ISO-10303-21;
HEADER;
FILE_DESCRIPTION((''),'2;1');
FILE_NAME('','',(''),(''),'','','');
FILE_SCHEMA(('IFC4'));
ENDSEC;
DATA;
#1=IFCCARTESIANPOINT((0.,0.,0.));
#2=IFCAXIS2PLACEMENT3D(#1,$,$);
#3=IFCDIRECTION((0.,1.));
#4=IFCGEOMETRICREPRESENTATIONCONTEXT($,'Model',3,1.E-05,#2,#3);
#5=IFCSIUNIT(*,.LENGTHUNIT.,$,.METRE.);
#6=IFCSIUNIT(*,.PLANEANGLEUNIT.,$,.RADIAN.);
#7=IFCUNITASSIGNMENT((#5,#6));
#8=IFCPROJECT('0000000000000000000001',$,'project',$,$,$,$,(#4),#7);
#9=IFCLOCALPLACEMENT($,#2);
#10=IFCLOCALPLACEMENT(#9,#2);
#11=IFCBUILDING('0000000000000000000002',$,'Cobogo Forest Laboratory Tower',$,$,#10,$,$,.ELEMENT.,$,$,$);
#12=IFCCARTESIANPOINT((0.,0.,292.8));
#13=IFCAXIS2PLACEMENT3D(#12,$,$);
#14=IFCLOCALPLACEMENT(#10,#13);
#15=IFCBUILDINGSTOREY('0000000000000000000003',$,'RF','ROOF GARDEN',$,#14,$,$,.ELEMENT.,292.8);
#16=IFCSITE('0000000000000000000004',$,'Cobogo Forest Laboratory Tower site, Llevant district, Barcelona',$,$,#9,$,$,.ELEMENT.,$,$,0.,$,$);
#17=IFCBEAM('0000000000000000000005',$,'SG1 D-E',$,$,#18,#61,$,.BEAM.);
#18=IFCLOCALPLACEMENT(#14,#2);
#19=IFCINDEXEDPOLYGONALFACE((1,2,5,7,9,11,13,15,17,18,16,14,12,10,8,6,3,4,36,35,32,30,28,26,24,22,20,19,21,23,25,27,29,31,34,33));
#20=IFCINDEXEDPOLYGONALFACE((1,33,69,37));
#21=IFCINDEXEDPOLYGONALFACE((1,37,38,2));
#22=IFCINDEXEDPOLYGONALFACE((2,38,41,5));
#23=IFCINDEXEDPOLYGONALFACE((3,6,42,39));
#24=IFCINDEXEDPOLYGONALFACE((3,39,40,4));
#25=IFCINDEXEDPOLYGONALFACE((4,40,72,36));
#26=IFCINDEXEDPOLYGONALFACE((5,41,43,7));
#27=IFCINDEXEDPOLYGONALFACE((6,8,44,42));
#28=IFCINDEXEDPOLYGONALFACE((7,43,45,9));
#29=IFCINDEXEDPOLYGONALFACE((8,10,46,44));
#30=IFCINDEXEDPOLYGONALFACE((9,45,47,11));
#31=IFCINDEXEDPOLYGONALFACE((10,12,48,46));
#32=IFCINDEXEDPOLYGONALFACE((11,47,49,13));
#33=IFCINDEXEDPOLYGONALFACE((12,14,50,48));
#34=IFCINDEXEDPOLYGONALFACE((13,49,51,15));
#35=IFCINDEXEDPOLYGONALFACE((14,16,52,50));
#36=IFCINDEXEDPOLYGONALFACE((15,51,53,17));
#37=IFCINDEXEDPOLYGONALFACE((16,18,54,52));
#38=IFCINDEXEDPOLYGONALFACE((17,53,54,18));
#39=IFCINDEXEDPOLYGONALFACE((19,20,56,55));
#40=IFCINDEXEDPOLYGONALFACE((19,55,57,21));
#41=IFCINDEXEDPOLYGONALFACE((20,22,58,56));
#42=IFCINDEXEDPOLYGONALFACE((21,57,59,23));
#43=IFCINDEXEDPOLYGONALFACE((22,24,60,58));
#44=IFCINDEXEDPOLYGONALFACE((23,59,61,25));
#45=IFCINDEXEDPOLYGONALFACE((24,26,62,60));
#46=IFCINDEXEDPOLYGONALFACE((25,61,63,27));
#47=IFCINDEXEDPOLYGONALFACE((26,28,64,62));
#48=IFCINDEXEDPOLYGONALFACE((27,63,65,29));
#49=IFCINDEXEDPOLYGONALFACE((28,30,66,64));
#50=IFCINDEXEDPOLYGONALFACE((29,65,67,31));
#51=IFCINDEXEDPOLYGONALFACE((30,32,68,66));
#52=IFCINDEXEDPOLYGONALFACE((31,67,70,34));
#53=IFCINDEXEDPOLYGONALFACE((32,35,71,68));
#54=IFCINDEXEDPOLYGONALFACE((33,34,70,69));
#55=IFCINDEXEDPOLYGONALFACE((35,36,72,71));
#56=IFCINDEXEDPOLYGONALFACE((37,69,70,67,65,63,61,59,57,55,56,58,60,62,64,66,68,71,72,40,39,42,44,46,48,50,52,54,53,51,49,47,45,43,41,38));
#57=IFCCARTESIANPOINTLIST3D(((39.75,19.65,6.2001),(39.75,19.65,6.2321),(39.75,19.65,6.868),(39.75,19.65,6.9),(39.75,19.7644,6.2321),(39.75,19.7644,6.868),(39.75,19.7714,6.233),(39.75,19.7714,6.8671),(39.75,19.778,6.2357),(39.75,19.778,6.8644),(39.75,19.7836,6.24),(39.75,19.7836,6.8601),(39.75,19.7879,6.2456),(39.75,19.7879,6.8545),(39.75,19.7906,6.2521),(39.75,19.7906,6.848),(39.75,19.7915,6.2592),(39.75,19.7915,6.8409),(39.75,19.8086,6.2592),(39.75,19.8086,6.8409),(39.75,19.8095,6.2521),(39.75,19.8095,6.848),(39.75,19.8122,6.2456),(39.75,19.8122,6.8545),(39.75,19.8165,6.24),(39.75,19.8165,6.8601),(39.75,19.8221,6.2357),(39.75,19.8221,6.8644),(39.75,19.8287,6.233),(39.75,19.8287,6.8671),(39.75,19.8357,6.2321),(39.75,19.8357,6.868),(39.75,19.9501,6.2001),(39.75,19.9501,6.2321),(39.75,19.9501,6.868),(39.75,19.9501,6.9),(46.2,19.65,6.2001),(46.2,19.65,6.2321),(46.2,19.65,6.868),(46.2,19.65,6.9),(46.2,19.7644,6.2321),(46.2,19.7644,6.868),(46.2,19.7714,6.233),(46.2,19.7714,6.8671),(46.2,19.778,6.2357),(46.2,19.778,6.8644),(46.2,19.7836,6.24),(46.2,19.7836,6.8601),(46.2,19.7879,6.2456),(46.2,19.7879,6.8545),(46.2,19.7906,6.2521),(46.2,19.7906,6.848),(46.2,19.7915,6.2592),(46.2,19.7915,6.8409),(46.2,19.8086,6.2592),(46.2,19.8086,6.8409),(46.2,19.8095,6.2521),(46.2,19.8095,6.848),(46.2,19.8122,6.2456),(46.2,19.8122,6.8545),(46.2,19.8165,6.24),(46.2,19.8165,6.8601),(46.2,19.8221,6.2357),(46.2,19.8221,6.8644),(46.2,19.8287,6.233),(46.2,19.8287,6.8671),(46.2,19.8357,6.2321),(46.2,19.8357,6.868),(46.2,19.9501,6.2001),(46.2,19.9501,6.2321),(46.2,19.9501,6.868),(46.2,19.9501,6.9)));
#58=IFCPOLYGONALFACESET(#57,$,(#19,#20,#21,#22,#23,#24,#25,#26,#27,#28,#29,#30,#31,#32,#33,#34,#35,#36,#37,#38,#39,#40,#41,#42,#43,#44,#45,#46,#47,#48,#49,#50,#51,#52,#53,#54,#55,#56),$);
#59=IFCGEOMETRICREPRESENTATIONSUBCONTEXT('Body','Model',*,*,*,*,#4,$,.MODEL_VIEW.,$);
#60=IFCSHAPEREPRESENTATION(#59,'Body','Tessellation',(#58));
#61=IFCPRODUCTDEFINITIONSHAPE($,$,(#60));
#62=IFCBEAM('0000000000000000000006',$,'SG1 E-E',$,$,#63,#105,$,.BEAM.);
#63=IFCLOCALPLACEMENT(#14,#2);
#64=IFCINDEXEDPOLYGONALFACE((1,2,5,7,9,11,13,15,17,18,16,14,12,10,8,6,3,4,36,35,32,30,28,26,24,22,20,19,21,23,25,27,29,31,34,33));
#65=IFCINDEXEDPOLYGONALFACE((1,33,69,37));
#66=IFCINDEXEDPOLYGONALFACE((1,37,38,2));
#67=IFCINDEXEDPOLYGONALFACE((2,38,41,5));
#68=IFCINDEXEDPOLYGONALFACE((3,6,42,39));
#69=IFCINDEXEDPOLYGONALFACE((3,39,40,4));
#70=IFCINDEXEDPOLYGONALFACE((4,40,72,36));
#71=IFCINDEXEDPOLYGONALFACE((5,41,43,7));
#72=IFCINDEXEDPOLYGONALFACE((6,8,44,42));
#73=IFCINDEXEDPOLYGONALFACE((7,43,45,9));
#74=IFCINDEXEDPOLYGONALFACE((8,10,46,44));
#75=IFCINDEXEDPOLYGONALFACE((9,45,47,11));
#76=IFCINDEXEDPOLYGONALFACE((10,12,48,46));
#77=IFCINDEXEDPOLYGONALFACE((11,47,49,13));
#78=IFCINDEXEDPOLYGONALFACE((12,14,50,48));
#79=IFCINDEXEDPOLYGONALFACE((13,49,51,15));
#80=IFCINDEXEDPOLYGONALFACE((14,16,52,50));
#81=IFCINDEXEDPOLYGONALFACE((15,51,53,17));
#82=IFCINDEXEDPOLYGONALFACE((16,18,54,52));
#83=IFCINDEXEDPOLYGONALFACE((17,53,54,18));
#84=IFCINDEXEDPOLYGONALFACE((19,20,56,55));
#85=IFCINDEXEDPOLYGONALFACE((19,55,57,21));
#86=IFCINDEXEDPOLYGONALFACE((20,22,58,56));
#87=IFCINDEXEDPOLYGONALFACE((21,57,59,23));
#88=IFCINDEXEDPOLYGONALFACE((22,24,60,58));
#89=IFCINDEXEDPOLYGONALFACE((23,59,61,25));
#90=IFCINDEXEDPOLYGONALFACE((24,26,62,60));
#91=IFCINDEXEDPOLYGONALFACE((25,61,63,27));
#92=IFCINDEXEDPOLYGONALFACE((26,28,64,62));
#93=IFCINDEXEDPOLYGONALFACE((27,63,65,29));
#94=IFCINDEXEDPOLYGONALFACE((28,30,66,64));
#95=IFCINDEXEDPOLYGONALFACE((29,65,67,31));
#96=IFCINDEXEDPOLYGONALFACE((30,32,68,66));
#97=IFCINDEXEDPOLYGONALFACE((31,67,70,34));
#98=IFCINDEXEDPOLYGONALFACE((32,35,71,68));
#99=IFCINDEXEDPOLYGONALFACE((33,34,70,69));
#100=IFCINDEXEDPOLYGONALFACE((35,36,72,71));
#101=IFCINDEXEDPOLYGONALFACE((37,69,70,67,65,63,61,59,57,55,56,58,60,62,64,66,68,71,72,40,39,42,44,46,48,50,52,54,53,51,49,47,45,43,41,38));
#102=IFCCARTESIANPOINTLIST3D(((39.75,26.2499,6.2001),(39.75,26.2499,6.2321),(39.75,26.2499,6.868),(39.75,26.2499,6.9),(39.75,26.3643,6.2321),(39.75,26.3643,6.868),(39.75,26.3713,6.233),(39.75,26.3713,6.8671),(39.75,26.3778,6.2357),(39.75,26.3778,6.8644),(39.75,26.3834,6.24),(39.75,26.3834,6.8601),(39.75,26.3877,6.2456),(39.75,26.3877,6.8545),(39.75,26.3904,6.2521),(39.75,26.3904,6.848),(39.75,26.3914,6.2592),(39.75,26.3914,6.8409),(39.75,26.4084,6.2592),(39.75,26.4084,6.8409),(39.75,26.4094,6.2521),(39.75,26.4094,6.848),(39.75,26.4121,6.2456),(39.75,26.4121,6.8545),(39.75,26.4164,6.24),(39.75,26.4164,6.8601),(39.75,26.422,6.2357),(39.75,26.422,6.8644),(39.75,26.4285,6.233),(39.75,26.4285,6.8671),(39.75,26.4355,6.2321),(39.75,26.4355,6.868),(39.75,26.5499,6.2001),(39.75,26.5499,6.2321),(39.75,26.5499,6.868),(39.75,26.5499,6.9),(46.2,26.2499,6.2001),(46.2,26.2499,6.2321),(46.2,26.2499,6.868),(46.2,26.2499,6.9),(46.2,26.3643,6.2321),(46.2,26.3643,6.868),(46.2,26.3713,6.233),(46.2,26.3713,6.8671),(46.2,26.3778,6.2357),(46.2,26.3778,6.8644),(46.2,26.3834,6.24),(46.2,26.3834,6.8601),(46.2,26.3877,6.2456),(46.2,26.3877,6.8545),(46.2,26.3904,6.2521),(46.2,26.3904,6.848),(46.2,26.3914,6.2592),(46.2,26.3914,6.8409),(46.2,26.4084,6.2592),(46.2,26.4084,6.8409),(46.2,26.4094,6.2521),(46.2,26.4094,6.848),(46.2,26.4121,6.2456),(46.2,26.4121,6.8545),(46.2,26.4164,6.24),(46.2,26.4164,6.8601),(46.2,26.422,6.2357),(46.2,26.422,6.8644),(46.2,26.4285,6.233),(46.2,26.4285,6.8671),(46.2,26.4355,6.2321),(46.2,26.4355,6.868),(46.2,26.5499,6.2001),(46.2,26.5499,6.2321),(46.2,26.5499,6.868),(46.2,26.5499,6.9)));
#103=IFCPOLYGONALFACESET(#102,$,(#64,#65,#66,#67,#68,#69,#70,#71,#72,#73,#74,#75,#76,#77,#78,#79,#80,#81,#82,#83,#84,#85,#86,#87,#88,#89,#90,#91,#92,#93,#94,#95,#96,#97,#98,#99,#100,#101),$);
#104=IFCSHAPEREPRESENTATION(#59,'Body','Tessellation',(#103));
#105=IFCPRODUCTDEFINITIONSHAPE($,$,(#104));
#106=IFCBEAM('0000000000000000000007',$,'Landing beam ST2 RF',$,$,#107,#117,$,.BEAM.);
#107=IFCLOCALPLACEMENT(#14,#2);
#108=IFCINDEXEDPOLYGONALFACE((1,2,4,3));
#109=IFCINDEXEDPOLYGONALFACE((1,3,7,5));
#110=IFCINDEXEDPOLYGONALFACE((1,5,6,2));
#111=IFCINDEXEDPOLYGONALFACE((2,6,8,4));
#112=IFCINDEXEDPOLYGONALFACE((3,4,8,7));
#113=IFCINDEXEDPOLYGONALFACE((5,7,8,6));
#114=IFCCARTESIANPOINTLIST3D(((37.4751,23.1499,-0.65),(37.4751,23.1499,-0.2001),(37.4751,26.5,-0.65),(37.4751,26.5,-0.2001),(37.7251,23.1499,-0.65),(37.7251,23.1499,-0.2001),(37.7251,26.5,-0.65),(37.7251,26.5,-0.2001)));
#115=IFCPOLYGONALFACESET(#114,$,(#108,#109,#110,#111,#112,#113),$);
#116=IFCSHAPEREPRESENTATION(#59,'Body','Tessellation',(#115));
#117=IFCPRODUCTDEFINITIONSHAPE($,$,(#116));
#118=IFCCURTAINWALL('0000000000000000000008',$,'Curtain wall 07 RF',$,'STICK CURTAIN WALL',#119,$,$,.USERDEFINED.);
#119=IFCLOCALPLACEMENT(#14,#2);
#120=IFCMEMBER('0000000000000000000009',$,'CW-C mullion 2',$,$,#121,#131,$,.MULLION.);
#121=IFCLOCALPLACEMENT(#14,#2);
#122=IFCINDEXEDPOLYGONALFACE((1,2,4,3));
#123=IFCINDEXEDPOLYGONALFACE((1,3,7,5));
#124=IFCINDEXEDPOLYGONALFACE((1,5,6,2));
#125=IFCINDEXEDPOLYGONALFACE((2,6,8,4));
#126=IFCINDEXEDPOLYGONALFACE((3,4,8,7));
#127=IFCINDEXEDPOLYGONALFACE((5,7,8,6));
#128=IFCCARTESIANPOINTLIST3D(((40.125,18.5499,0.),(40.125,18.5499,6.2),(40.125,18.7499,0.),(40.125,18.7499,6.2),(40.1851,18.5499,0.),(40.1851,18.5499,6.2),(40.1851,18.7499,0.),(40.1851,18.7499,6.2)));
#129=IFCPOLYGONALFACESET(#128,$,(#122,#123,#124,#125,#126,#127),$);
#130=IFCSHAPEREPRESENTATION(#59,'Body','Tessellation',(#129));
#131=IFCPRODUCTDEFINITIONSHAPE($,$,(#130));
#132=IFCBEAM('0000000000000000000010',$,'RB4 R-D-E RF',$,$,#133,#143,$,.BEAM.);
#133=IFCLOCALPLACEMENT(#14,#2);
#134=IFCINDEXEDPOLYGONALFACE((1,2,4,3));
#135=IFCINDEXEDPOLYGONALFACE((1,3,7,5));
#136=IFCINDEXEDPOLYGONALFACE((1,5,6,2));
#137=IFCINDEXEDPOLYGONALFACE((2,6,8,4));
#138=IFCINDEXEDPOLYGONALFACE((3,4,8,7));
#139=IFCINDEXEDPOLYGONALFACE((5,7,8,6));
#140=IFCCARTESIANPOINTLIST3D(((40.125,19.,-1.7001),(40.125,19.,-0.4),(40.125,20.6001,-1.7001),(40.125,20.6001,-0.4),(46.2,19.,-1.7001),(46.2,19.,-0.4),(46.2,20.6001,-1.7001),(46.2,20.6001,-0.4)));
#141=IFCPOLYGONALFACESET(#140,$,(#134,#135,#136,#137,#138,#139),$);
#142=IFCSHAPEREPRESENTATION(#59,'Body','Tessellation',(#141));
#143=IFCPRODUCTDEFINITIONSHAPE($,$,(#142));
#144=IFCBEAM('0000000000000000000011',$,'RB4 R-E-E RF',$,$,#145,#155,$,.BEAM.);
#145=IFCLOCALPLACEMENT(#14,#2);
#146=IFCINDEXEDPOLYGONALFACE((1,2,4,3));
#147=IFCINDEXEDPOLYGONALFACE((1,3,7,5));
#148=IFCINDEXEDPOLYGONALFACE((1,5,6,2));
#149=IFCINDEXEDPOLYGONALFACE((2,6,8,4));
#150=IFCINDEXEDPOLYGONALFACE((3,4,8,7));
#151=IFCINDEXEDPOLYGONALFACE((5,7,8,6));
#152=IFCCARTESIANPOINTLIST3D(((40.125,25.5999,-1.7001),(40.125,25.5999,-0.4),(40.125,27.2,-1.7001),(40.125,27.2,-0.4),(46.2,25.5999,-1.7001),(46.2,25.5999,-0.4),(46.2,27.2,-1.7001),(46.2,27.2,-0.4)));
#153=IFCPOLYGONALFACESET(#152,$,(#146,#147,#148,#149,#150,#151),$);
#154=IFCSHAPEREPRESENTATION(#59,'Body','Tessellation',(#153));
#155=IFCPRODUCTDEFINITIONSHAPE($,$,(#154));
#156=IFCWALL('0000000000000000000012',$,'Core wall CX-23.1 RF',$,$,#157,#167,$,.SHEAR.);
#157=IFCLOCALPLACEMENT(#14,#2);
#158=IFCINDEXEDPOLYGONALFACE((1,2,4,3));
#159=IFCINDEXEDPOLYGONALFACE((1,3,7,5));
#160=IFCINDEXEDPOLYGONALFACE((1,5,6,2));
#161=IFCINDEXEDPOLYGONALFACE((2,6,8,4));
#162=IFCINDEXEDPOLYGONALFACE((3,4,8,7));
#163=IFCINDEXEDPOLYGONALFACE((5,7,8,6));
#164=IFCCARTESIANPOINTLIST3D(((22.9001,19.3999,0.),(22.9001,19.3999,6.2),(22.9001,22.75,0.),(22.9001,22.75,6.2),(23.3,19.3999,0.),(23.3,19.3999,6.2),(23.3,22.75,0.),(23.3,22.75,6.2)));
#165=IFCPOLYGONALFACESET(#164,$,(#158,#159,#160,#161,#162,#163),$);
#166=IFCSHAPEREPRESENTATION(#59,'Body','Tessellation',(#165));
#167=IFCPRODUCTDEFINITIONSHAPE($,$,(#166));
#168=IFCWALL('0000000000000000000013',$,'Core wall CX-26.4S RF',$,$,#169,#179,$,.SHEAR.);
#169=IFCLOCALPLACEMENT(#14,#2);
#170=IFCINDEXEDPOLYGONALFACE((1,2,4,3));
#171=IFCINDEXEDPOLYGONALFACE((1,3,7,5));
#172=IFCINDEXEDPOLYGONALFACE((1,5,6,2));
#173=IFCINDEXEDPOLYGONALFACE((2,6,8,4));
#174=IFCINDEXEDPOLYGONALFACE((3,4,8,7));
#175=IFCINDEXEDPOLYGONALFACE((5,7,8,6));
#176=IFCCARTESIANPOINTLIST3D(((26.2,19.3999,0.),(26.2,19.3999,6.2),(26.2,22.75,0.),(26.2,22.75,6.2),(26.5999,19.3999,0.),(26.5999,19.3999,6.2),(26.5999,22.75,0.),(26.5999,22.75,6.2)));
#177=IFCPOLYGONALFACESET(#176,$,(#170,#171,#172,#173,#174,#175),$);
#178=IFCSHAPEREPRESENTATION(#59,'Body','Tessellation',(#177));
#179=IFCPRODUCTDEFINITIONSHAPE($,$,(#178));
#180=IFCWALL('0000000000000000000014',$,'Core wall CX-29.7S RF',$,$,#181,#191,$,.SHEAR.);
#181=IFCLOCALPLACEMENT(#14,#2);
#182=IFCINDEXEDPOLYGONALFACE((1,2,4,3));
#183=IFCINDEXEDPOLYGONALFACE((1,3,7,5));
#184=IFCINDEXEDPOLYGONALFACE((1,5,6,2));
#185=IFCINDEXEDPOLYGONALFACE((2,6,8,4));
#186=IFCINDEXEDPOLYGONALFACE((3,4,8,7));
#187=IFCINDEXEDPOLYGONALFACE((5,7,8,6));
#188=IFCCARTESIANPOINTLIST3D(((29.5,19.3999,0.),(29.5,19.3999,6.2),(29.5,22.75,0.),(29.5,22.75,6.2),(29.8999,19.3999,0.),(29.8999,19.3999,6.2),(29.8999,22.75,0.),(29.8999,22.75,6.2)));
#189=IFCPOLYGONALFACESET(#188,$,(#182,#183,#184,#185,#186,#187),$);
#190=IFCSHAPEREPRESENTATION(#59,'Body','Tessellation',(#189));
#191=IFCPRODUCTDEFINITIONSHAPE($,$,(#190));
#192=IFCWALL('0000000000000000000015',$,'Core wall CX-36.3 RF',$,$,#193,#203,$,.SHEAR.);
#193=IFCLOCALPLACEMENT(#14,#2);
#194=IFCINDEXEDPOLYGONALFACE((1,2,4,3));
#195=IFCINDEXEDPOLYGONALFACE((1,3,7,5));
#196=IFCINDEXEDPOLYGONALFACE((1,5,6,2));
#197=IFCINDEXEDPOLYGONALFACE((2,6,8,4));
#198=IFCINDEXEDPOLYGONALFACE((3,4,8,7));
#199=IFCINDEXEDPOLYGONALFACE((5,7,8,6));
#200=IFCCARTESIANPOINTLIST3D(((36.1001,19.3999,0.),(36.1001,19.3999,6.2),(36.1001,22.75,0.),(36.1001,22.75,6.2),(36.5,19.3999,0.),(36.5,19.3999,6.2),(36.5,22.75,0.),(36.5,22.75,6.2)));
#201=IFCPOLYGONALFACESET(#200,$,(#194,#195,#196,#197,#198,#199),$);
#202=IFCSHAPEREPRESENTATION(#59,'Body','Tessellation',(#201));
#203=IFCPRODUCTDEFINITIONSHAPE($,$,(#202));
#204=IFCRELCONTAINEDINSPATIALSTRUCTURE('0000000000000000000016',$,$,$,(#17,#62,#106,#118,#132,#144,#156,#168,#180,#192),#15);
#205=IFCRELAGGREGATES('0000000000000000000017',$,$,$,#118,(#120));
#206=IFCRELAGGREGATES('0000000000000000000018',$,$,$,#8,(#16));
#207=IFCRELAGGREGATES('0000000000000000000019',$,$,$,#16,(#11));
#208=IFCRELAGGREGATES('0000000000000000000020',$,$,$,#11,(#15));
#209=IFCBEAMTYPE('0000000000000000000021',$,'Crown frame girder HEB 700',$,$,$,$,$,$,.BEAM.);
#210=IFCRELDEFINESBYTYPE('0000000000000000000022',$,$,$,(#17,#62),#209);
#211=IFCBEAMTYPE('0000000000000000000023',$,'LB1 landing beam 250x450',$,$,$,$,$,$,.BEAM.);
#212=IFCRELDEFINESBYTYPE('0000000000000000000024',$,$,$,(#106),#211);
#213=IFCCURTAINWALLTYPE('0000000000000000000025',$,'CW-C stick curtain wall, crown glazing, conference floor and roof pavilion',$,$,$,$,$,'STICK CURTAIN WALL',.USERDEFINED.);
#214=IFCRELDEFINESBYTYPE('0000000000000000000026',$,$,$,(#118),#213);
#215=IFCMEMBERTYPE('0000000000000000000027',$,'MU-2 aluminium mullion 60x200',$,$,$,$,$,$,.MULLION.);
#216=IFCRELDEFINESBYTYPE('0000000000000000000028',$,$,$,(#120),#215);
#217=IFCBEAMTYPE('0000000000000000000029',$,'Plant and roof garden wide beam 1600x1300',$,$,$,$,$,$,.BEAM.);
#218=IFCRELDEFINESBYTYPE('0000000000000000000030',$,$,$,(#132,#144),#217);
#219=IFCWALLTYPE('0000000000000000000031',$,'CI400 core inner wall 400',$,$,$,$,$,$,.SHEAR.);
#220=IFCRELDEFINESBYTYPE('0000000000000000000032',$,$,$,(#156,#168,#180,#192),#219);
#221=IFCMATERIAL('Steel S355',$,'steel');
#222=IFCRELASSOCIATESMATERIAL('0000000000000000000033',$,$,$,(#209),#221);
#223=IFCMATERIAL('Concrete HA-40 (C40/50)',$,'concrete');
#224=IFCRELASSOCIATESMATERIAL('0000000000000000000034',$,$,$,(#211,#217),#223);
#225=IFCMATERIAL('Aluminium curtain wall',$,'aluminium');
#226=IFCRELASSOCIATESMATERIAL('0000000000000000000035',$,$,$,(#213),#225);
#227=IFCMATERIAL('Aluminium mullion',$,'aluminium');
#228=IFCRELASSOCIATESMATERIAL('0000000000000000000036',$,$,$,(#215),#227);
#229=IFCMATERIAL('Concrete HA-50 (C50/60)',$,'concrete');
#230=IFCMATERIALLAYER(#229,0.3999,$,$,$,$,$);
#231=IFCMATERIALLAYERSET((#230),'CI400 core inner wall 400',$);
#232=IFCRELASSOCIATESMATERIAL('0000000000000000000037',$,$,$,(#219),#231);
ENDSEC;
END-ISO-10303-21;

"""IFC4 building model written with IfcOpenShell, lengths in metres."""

from ifc_helpers import new_model, si_unit, direction, frame, frame_2d, origin, origin_2d, place, context, subcontext, project, spatial, rectangle, i_section, extrude, material, layer, layer_set, material_profile, profile_set, type_object, element, aggregate, save


model = new_model("IFC4")

# Units and contexts
model_context = context("Model", 3, precision=1e-05, world=origin(), true_north=direction((0.0, 1.0)))
body_context = subcontext(model_context, "Body", "Model", "MODEL_VIEW")
ifc_project = project(units=[si_unit("LENGTHUNIT", "METRE"), si_unit("PLANEANGLEUNIT", "RADIAN")], contexts=[model_context])

# Site, building, storey
site_placement = place(None, origin())
site = spatial("IfcSite", under=ifc_project, at=site_placement, Name="Cobogo Forest Laboratory Tower site, Llevant district, Barcelona", CompositionType="ELEMENT", RefElevation=0.0)
building_placement = place(site_placement, origin())
building = spatial("IfcBuilding", under=site, at=building_placement, Name="Cobogo Forest Laboratory Tower", CompositionType="ELEMENT")
storey_placement = place(building_placement, frame((0.0, 0.0, 292.8)))
storey = spatial("IfcBuildingStorey", under=building, at=storey_placement, Name="RF", Description="ROOF GARDEN", CompositionType="ELEMENT", Elevation=292.8)

# Beams
ifc_material_1 = material(Name="Steel S355", Category="steel")
ifc_material_profile_1 = material_profile(ifc_material_1, i_section(OverallWidth=0.3, OverallDepth=0.7, WebThickness=0.0171, FlangeThickness=0.032, FilletRadius=0.0271, at=origin_2d()), Name="HEB 700")
ifc_profile_set_1 = profile_set([ifc_material_profile_1], Name="Steel S355")
beam_type_1 = type_object("IfcBeamType", Name="Crown frame girder HEB 700", PredefinedType="BEAM", material=ifc_profile_set_1)
for number, where, z_axis, x_axis, name in (
    (1, (39.75, 19.8, 6.55), (1.0, 0.0, 0.0), (0.0, 1.0, 0.0), "SG1 D-E"),
    (2, (39.75, 26.3999, 6.55), (1.0, 0.0, 0.0), (0.0, 1.0, 0.0), "SG1 E-E"),
):
    element("IfcBeam", number, at=place(storey_placement, frame(where, z_axis=z_axis, x_axis=x_axis)), inside=storey, type_object=beam_type_1, Name=name, PredefinedType="BEAM", context=body_context, shape_type="SweptSolid", body=[
        extrude(i_section(OverallWidth=0.3, OverallDepth=0.7, WebThickness=0.0171, FlangeThickness=0.032, FilletRadius=0.0271, at=origin_2d()), origin(), (0.0, 0.0, 1.0), 6.45),
    ])
ifc_material_2 = material(Name="Concrete HA-40 (C40/50)", Category="concrete")
ifc_material_profile_2 = material_profile(ifc_material_2, rectangle(XDim=0.25, YDim=0.45, at=origin_2d()), Name="RC 250x450")
ifc_profile_set_2 = profile_set([ifc_material_profile_2], Name="Concrete HA-40 (C40/50)")
beam_type_2 = type_object("IfcBeamType", Name="LB1 landing beam 250x450", PredefinedType="BEAM", material=ifc_profile_set_2)
beam_placement = place(storey_placement, frame((37.6001, 23.1499, -0.425), z_axis=(0.0, 1.0, 0.0), x_axis=(-1.0, 0.0, 0.0)))
element("IfcBeam", 3, at=beam_placement, inside=storey, type_object=beam_type_2, Name="Landing beam ST2 RF", PredefinedType="BEAM", context=body_context, shape_type="SweptSolid", body=[
    extrude(rectangle(XDim=0.25, YDim=0.45, at=origin_2d()), origin(), (0.0, 0.0, 1.0), 3.3501),
])

# Curtain wall, member
ifc_material_3 = material(Name="Aluminium curtain wall", Category="aluminium")
curtain_wall_type = type_object("IfcCurtainWallType", Name="CW-C stick curtain wall, crown glazing, conference floor and roof pavilion", ElementType="STICK CURTAIN WALL", PredefinedType="USERDEFINED", material=ifc_material_3)
curtain_wall_placement = place(storey_placement, origin())
curtain_wall = element("IfcCurtainWall", 4, at=curtain_wall_placement, inside=storey, type_object=curtain_wall_type, Name="Curtain wall 07 RF", ObjectType="STICK CURTAIN WALL", PredefinedType="USERDEFINED")
ifc_material_4 = material(Name="Aluminium mullion", Category="aluminium")
ifc_material_profile_3 = material_profile(ifc_material_4, rectangle(XDim=0.0601, YDim=0.2, at=origin_2d()), Name="AL 60x200")
ifc_profile_set_3 = profile_set([ifc_material_profile_3], Name="Aluminium mullion")
member_type = type_object("IfcMemberType", Name="MU-2 aluminium mullion 60x200", PredefinedType="MULLION", material=ifc_profile_set_3)
member_placement = place(storey_placement, frame((40.155, 18.6499, 0.0), z_axis=(0.0, 0.0, 1.0), x_axis=(-1.0, 0.0, 0.0)))
member = element("IfcMember", 5, at=member_placement, type_object=member_type, Name="CW-C mullion 2", PredefinedType="MULLION", context=body_context, shape_type="SweptSolid", body=[
    extrude(rectangle(XDim=0.0601, YDim=0.2, at=origin_2d()), origin(), (0.0, 0.0, 1.0), 6.2),
])
aggregate(curtain_wall, [member])

# Beams
ifc_material_profile_4 = material_profile(ifc_material_2, rectangle(XDim=1.6001, YDim=1.3, at=origin_2d()), Name="RC 1600x1300")
ifc_profile_set_4 = profile_set([ifc_material_profile_4], Name="Concrete HA-40 (C40/50)")
beam_type_3 = type_object("IfcBeamType", Name="Plant and roof garden wide beam 1600x1300", PredefinedType="BEAM", material=ifc_profile_set_4)
for number, where, z_axis, x_axis, name in (
    (6, (40.125, 19.8, -1.05), (1.0, 0.0, 0.0), (0.0, 1.0, 0.0), "RB4 R-D-E RF"),
    (7, (40.125, 26.3999, -1.05), (1.0, 0.0, 0.0), (0.0, 1.0, 0.0), "RB4 R-E-E RF"),
):
    element("IfcBeam", number, at=place(storey_placement, frame(where, z_axis=z_axis, x_axis=x_axis)), inside=storey, type_object=beam_type_3, Name=name, PredefinedType="BEAM", context=body_context, shape_type="SweptSolid", body=[
        extrude(rectangle(XDim=1.6001, YDim=1.3, at=origin_2d()), origin(), (0.0, 0.0, 1.0), 6.075),
    ])

# Walls
ifc_material_5 = material(Name="Concrete HA-50 (C50/60)", Category="concrete")
ifc_layer_1 = layer(ifc_material_5, 0.3999)
ifc_layer_set_1 = layer_set([ifc_layer_1], Name="CI400 core inner wall 400")
wall_type_1 = type_object("IfcWallType", Name="CI400 core inner wall 400", PredefinedType="SHEAR", material=ifc_layer_set_1)
for number, where, z_axis, x_axis, name in (
    (8, (23.1001, 19.3999, 0.0), (0.0, 0.0, 1.0), (0.0, 1.0, 0.0), "Core wall CX-23.1 RF"),
    (9, (26.3999, 19.3999, 0.0), (0.0, 0.0, 1.0), (0.0, 1.0, 0.0), "Core wall CX-26.4S RF"),
    (10, (29.7, 19.3999, 0.0), (0.0, 0.0, 1.0), (0.0, 1.0, 0.0), "Core wall CX-29.7S RF"),
    (11, (36.3, 19.3999, 0.0), (0.0, 0.0, 1.0), (0.0, 1.0, 0.0), "Core wall CX-36.3 RF"),
):
    element("IfcWall", number, at=place(storey_placement, frame(where, z_axis=z_axis, x_axis=x_axis)), inside=storey, type_object=wall_type_1, Name=name, PredefinedType="SHEAR", context=body_context, shape_type="SweptSolid", body=[
        extrude(rectangle(XDim=3.3501, YDim=0.3999, at=frame_2d((1.675, 0.0))), origin(), (0.0, 0.0, 1.0), 6.2),
    ])

save(model, "model.ifc")
